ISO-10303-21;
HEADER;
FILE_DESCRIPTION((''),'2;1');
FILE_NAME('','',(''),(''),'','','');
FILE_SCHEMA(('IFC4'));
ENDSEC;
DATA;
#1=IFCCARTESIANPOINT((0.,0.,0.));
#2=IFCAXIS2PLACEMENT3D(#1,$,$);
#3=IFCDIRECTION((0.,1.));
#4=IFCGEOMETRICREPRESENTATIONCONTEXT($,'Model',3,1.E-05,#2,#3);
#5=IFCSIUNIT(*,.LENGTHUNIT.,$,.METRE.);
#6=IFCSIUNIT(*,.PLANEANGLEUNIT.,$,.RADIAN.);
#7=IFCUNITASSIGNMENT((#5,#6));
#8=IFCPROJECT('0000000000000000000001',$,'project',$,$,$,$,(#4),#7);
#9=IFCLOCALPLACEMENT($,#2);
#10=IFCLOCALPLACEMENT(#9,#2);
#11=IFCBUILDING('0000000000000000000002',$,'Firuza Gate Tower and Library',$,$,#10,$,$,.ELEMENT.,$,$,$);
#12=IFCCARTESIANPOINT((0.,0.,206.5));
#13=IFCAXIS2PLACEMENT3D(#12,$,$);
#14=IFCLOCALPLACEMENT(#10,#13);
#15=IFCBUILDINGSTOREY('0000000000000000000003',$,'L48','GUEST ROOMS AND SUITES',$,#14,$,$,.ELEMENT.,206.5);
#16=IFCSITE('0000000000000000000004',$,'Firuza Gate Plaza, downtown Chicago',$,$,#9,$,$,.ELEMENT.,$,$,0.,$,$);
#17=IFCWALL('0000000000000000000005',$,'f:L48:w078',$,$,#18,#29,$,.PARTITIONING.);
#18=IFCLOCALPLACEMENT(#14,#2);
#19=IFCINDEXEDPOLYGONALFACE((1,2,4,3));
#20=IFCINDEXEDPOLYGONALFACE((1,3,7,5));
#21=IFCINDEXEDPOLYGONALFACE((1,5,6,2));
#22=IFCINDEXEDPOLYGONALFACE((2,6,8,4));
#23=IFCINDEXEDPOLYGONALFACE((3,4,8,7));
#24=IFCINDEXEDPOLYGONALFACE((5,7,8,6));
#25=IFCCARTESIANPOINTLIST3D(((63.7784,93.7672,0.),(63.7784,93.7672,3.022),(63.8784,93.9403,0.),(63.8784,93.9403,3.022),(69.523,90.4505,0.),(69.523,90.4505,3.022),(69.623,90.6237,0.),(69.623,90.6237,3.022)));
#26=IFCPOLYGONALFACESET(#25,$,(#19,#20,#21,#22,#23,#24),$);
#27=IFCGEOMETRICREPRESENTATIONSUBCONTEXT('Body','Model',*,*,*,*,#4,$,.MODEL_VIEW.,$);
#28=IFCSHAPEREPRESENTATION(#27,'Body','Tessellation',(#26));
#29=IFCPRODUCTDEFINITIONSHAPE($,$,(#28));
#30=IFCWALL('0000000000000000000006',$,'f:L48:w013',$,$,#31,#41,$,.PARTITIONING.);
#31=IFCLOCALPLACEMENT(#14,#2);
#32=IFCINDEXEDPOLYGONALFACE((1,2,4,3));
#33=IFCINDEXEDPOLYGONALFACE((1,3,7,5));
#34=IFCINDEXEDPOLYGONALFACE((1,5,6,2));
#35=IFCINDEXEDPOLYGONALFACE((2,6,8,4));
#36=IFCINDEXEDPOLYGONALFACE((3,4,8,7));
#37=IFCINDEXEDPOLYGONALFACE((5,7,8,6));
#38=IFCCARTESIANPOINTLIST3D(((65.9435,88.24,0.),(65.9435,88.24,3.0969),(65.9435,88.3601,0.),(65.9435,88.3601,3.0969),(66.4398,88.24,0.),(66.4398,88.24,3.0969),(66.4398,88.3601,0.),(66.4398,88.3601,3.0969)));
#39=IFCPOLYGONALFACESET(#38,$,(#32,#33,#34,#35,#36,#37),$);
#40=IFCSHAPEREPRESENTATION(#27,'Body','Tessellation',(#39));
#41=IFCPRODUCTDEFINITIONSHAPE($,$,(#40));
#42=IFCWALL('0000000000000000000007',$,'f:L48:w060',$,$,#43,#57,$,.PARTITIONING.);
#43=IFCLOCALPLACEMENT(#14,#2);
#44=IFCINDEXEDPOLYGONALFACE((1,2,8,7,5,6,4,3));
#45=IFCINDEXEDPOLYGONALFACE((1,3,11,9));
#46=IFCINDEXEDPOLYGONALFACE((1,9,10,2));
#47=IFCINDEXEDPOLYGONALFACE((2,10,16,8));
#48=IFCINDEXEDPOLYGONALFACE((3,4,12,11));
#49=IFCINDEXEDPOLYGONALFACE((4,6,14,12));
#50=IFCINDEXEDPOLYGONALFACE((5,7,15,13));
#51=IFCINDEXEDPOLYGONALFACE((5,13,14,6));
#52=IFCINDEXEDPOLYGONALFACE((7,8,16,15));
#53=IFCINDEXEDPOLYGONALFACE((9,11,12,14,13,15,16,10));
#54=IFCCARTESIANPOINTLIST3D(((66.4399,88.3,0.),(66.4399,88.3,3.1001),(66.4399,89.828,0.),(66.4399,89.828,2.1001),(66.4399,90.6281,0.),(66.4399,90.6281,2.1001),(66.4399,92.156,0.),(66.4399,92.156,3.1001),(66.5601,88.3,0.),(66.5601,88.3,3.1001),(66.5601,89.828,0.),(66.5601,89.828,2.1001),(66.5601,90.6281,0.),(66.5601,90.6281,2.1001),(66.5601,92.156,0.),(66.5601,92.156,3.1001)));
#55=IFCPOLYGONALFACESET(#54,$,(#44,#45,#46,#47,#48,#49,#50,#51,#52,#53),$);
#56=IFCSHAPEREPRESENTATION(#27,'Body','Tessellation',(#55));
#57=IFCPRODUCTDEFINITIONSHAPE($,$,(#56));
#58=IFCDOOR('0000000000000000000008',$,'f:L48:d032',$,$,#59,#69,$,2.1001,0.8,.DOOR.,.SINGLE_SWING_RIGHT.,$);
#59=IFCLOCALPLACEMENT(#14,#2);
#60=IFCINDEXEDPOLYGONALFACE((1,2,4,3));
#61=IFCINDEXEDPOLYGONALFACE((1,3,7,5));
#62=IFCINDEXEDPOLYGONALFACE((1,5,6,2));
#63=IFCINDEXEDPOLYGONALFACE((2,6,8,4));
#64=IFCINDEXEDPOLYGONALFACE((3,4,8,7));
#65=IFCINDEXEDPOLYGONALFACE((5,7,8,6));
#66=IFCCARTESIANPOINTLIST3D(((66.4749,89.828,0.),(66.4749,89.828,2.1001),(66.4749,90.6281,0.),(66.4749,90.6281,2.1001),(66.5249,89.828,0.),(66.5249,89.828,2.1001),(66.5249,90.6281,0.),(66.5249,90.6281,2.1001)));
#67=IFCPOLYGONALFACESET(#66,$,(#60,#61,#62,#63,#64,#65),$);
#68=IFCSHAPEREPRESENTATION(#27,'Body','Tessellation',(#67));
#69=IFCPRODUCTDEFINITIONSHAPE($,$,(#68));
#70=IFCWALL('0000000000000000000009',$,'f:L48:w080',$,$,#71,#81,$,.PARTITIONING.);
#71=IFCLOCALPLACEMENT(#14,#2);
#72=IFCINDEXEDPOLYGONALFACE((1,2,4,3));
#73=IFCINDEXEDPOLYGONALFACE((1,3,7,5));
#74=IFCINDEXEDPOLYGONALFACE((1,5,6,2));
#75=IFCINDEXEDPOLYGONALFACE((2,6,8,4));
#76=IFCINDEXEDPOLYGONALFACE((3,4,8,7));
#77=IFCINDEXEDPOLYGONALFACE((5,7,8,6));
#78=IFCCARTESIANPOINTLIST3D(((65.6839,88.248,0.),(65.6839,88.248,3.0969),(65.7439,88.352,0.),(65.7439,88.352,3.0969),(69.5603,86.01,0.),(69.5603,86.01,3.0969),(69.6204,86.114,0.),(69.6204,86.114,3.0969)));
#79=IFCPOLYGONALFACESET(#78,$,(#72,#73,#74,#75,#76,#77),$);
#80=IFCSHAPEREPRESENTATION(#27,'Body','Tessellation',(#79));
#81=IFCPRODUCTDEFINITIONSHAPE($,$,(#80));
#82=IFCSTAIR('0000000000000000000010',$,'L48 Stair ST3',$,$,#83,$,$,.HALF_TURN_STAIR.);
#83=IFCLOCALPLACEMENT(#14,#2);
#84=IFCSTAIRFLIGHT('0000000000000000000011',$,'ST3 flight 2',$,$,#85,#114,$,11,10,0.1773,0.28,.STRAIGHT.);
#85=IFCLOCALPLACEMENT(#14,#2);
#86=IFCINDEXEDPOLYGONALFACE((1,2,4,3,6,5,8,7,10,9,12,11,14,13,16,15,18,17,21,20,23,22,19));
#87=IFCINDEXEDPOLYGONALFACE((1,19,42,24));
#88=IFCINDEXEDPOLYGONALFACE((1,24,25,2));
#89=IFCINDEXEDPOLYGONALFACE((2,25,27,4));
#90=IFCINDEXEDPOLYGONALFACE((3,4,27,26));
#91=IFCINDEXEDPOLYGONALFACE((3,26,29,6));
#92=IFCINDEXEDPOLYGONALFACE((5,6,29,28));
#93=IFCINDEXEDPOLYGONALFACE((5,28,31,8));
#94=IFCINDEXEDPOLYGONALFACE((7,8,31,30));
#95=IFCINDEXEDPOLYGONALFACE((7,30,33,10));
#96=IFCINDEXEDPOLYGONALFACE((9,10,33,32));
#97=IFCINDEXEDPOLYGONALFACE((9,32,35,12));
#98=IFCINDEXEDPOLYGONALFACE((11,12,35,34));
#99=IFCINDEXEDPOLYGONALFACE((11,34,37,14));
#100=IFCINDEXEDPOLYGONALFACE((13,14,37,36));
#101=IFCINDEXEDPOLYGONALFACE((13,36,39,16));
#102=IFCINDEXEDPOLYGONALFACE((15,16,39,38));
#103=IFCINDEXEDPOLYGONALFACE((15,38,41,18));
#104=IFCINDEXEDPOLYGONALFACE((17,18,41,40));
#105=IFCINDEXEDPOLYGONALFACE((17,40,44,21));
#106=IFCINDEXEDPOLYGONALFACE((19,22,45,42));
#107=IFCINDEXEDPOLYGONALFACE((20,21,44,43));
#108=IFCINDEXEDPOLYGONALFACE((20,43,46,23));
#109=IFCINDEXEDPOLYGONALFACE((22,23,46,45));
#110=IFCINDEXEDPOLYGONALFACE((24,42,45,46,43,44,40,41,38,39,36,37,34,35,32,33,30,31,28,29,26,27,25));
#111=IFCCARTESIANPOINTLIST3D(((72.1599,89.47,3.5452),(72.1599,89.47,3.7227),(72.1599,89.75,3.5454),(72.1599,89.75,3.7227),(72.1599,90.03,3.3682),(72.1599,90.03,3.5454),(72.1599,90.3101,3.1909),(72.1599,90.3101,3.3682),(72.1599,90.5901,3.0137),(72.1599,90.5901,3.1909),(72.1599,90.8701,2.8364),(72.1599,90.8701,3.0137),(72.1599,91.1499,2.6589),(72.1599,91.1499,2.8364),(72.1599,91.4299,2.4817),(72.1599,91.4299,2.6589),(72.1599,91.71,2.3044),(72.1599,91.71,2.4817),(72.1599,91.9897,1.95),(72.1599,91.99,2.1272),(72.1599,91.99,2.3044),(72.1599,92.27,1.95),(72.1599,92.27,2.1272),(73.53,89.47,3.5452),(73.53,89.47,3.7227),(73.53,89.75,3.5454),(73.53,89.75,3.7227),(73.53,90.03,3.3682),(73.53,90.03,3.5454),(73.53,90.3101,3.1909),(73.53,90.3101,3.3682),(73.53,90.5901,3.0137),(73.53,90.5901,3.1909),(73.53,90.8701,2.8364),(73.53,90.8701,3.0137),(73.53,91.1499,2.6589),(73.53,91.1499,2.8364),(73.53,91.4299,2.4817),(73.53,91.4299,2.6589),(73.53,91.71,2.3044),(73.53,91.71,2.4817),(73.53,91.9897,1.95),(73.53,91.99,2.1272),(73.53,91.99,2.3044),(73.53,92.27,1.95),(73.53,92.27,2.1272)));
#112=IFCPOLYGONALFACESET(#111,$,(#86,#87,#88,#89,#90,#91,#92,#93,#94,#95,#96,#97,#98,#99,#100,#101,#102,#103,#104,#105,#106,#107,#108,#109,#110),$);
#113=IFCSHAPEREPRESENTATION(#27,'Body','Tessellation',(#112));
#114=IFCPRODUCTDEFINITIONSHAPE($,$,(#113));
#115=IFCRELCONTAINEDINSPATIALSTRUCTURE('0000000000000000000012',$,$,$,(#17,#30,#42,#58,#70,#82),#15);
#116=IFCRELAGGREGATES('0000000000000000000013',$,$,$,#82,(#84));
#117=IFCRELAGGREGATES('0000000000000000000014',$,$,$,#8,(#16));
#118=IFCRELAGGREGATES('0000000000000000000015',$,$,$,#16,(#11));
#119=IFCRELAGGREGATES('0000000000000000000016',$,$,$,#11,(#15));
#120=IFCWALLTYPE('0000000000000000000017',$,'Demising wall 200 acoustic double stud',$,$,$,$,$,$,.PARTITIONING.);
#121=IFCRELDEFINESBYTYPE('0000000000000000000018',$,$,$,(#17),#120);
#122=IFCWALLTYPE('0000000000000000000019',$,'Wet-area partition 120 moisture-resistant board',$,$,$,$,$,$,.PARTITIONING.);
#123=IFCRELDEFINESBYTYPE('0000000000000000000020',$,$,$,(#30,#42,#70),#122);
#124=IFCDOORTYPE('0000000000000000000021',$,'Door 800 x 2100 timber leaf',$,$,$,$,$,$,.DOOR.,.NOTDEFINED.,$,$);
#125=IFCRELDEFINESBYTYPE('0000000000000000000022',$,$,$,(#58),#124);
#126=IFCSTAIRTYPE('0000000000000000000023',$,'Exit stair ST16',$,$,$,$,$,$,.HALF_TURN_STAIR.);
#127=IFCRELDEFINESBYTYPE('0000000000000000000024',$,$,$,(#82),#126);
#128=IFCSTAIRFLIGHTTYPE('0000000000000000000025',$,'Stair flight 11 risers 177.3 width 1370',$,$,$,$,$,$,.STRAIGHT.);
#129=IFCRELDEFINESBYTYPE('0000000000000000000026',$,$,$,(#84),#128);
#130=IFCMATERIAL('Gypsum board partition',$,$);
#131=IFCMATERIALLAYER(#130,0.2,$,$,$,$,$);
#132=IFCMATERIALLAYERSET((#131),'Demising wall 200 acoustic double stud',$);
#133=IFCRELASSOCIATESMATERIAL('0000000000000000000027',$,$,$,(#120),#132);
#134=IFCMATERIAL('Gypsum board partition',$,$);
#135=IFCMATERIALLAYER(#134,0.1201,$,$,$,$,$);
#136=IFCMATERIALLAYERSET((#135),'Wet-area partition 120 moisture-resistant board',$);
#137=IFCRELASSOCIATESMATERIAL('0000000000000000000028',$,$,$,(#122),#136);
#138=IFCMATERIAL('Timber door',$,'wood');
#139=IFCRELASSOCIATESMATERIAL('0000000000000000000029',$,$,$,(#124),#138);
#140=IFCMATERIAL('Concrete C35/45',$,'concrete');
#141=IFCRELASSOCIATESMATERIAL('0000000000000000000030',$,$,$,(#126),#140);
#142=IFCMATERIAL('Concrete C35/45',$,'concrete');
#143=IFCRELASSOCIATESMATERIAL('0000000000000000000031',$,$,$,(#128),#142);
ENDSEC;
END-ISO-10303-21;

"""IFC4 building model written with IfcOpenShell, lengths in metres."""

from ifc_helpers import new_model, si_unit, direction, frame, frame_2d, origin, place, context, subcontext, project, spatial, polyline, rectangle, outline, extrude, material, layer, layer_set, type_object, element, fill, aggregate, save


model = new_model("IFC4")

# Units and contexts
model_context = context("Model", 3, precision=1e-05, world=origin(), true_north=direction((0.0, 1.0)))
body_context = subcontext(model_context, "Body", "Model", "MODEL_VIEW")
ifc_project = project(units=[si_unit("LENGTHUNIT", "METRE"), si_unit("PLANEANGLEUNIT", "RADIAN")], contexts=[model_context])

# Site, building, storey
site_placement = place(None, origin())
site = spatial("IfcSite", under=ifc_project, at=site_placement, Name="Firuza Gate Plaza, downtown Chicago", CompositionType="ELEMENT", RefElevation=0.0)
building_placement = place(site_placement, origin())
building = spatial("IfcBuilding", under=site, at=building_placement, Name="Firuza Gate Tower and Library", CompositionType="ELEMENT")
storey_placement = place(building_placement, frame((0.0, 0.0, 206.5)))
storey = spatial("IfcBuildingStorey", under=building, at=storey_placement, Name="L48", Description="GUEST ROOMS AND SUITES", CompositionType="ELEMENT", Elevation=206.5)

# Shared definitions
placement = place(storey_placement, origin())

# Walls
ifc_material_1 = material(Name="Gypsum board partition")
ifc_layer_1 = layer(ifc_material_1, 0.2)
ifc_layer_set_1 = layer_set([ifc_layer_1], Name="Demising wall 200 acoustic double stud")
wall_type_1 = type_object("IfcWallType", Name="Demising wall 200 acoustic double stud", PredefinedType="PARTITIONING", material=ifc_layer_set_1)
wall_1_placement = place(storey_placement, frame((69.573, 90.5371, 0.0), z_axis=(0.0, 0.0, 1.0), x_axis=(-0.866026, 0.499999, 0.0)))
element("IfcWall", 1, at=wall_1_placement, inside=storey, type_object=wall_type_1, Name="f:L48:w078", PredefinedType="PARTITIONING", context=body_context, shape_type="SweptSolid", body=[
    extrude(rectangle(XDim=6.6333, YDim=0.2, at=frame_2d((3.3167, 0.0))), origin(), (0.0, 0.0, 1.0), 3.022),
])
ifc_material_2 = material(Name="Gypsum board partition")
ifc_layer_2 = layer(ifc_material_2, 0.1201)
ifc_layer_set_2 = layer_set([ifc_layer_2], Name="Wet-area partition 120 moisture-resistant board")
wall_type_2 = type_object("IfcWallType", Name="Wet-area partition 120 moisture-resistant board", PredefinedType="PARTITIONING", material=ifc_layer_set_2)
wall_2_placement = place(storey_placement, frame((65.9436, 88.3, 0.0), z_axis=(0.0, 0.0, 1.0), x_axis=(1.0, 0.0, 0.0)))
element("IfcWall", 2, at=wall_2_placement, inside=storey, type_object=wall_type_2, Name="f:L48:w013", PredefinedType="PARTITIONING", context=body_context, shape_type="SweptSolid", body=[
    extrude(rectangle(XDim=0.4963, YDim=0.1201, at=frame_2d((0.248, 0.0))), origin(), (0.0, 0.0, 1.0), 3.0969),
])

# Wall, opening, door
wall_3_placement = place(storey_placement, frame((66.5, 92.156, 0.0), z_axis=(0.0, 0.0, 1.0), x_axis=(0.0, -1.0, 0.0)))
wall_3 = element("IfcWall", 3, at=wall_3_placement, inside=storey, type_object=wall_type_2, Name="f:L48:w060", PredefinedType="PARTITIONING", context=body_context, shape_type="SweptSolid", body=[
    extrude(rectangle(XDim=3.856, YDim=0.1201, at=frame_2d((1.928, 0.0))), origin(), (0.0, 0.0, 1.0), 3.1001),
])
opening_1_placement = place(wall_3_placement, frame((1.5281, 0.0, 0.0)))
opening_1 = element("IfcOpeningElement", 4, at=opening_1_placement, cuts=wall_3, PredefinedType="OPENING", context=body_context, shape_type="SweptSolid", body=[
    extrude(rectangle(XDim=0.8, YDim=2.1001, at=frame_2d((0.3999, 1.05))), frame((0.0, 0.0701, 0.0), z_axis=(0.0, -1.0, 0.0), x_axis=(1.0, 0.0, 0.0)), (0.0, 0.0, 1.0), 0.1401),
])
ifc_material_3 = material(Name="Timber door", Category="wood")
door_type_1 = type_object("IfcDoorType", Name="Door 800 x 2100 timber leaf", OperationType="NOTDEFINED", PredefinedType="DOOR", material=ifc_material_3)
door_1_placement = place(opening_1_placement, origin())
door_1 = element("IfcDoor", 5, at=door_1_placement, inside=storey, type_object=door_type_1, Name="f:L48:d032", OperationType="SINGLE_SWING_RIGHT", OverallHeight=2.1001, OverallWidth=0.8, PredefinedType="DOOR", context=body_context, shape_type="SweptSolid", body=[
    extrude(rectangle(XDim=0.8, YDim=2.1001, at=frame_2d((0.3999, 1.05))), frame((0.0, 0.0249, 0.0), z_axis=(0.0, -1.0, 0.0), x_axis=(1.0, 0.0, 0.0)), (0.0, 0.0, 1.0), 0.05),
])
fill(opening_1, door_1)

# Wall
wall_4_placement = place(storey_placement, frame((69.5903, 86.062, 0.0), z_axis=(0.0, 0.0, 1.0), x_axis=(-0.866029, 0.499993, 0.0)))
element("IfcWall", 6, at=wall_4_placement, inside=storey, type_object=wall_type_2, Name="f:L48:w080", PredefinedType="PARTITIONING", context=body_context, shape_type="SweptSolid", body=[
    extrude(rectangle(XDim=4.4761, YDim=0.1201, at=frame_2d((2.238, 0.0))), origin(), (0.0, 0.0, 1.0), 3.0969),
])

# Stair, stair flight
ifc_material_4 = material(Name="Concrete C35/45", Category="concrete")
stair_type = type_object("IfcStairType", Name="Exit stair ST16", PredefinedType="HALF_TURN_STAIR", material=ifc_material_4)
stair = element("IfcStair", 7, at=placement, inside=storey, type_object=stair_type, Name="L48 Stair ST3", PredefinedType="HALF_TURN_STAIR")
ifc_material_5 = material(Name="Concrete C35/45", Category="concrete")
stair_flight_type = type_object("IfcStairFlightType", Name="Stair flight 11 risers 177.3 width 1370", PredefinedType="STRAIGHT", material=ifc_material_5)
stair_flight_placement = place(storey_placement, frame((72.845, 92.27, 1.95), z_axis=(0.0, 0.0, 1.0), x_axis=(0.0, -1.0, 0.0)))
stair_flight = element("IfcStairFlight", 8, at=stair_flight_placement, type_object=stair_flight_type, Name="ST3 flight 2", NumberOfRisers=11, NumberOfTreads=10, PredefinedType="STRAIGHT", RiserHeight=0.1773, TreadLength=0.28, context=body_context, shape_type="SweptSolid", body=[
    extrude(outline(polyline([(0.0, 0.0), (0.0, 0.1772), (0.28, 0.1772), (0.28, 0.3545), (0.5601, 0.3545), (0.5601, 0.5317), (0.8401, 0.5317), (0.8401, 0.709), (1.1201, 0.709), (1.1201, 0.8865), (1.3999, 0.8865), (1.3999, 1.0637), (1.6799, 1.0637), (1.6799, 1.241), (1.96, 1.241), (1.96, 1.4182), (2.24, 1.4182), (2.24, 1.5955), (2.52, 1.5955), (2.52, 1.7727), (2.8, 1.7727), (2.8, 1.95), (2.8, 1.5952), (0.2803, 0.0), (0.0, 0.0)])), frame((0.0, 0.6851, 0.0), z_axis=(0.0, -1.0, 0.0), x_axis=(1.0, 0.0, 0.0)), (0.0, 0.0, 1.0), 1.3701),
])
aggregate(stair, [stair_flight])

save(model, "model.ifc")
